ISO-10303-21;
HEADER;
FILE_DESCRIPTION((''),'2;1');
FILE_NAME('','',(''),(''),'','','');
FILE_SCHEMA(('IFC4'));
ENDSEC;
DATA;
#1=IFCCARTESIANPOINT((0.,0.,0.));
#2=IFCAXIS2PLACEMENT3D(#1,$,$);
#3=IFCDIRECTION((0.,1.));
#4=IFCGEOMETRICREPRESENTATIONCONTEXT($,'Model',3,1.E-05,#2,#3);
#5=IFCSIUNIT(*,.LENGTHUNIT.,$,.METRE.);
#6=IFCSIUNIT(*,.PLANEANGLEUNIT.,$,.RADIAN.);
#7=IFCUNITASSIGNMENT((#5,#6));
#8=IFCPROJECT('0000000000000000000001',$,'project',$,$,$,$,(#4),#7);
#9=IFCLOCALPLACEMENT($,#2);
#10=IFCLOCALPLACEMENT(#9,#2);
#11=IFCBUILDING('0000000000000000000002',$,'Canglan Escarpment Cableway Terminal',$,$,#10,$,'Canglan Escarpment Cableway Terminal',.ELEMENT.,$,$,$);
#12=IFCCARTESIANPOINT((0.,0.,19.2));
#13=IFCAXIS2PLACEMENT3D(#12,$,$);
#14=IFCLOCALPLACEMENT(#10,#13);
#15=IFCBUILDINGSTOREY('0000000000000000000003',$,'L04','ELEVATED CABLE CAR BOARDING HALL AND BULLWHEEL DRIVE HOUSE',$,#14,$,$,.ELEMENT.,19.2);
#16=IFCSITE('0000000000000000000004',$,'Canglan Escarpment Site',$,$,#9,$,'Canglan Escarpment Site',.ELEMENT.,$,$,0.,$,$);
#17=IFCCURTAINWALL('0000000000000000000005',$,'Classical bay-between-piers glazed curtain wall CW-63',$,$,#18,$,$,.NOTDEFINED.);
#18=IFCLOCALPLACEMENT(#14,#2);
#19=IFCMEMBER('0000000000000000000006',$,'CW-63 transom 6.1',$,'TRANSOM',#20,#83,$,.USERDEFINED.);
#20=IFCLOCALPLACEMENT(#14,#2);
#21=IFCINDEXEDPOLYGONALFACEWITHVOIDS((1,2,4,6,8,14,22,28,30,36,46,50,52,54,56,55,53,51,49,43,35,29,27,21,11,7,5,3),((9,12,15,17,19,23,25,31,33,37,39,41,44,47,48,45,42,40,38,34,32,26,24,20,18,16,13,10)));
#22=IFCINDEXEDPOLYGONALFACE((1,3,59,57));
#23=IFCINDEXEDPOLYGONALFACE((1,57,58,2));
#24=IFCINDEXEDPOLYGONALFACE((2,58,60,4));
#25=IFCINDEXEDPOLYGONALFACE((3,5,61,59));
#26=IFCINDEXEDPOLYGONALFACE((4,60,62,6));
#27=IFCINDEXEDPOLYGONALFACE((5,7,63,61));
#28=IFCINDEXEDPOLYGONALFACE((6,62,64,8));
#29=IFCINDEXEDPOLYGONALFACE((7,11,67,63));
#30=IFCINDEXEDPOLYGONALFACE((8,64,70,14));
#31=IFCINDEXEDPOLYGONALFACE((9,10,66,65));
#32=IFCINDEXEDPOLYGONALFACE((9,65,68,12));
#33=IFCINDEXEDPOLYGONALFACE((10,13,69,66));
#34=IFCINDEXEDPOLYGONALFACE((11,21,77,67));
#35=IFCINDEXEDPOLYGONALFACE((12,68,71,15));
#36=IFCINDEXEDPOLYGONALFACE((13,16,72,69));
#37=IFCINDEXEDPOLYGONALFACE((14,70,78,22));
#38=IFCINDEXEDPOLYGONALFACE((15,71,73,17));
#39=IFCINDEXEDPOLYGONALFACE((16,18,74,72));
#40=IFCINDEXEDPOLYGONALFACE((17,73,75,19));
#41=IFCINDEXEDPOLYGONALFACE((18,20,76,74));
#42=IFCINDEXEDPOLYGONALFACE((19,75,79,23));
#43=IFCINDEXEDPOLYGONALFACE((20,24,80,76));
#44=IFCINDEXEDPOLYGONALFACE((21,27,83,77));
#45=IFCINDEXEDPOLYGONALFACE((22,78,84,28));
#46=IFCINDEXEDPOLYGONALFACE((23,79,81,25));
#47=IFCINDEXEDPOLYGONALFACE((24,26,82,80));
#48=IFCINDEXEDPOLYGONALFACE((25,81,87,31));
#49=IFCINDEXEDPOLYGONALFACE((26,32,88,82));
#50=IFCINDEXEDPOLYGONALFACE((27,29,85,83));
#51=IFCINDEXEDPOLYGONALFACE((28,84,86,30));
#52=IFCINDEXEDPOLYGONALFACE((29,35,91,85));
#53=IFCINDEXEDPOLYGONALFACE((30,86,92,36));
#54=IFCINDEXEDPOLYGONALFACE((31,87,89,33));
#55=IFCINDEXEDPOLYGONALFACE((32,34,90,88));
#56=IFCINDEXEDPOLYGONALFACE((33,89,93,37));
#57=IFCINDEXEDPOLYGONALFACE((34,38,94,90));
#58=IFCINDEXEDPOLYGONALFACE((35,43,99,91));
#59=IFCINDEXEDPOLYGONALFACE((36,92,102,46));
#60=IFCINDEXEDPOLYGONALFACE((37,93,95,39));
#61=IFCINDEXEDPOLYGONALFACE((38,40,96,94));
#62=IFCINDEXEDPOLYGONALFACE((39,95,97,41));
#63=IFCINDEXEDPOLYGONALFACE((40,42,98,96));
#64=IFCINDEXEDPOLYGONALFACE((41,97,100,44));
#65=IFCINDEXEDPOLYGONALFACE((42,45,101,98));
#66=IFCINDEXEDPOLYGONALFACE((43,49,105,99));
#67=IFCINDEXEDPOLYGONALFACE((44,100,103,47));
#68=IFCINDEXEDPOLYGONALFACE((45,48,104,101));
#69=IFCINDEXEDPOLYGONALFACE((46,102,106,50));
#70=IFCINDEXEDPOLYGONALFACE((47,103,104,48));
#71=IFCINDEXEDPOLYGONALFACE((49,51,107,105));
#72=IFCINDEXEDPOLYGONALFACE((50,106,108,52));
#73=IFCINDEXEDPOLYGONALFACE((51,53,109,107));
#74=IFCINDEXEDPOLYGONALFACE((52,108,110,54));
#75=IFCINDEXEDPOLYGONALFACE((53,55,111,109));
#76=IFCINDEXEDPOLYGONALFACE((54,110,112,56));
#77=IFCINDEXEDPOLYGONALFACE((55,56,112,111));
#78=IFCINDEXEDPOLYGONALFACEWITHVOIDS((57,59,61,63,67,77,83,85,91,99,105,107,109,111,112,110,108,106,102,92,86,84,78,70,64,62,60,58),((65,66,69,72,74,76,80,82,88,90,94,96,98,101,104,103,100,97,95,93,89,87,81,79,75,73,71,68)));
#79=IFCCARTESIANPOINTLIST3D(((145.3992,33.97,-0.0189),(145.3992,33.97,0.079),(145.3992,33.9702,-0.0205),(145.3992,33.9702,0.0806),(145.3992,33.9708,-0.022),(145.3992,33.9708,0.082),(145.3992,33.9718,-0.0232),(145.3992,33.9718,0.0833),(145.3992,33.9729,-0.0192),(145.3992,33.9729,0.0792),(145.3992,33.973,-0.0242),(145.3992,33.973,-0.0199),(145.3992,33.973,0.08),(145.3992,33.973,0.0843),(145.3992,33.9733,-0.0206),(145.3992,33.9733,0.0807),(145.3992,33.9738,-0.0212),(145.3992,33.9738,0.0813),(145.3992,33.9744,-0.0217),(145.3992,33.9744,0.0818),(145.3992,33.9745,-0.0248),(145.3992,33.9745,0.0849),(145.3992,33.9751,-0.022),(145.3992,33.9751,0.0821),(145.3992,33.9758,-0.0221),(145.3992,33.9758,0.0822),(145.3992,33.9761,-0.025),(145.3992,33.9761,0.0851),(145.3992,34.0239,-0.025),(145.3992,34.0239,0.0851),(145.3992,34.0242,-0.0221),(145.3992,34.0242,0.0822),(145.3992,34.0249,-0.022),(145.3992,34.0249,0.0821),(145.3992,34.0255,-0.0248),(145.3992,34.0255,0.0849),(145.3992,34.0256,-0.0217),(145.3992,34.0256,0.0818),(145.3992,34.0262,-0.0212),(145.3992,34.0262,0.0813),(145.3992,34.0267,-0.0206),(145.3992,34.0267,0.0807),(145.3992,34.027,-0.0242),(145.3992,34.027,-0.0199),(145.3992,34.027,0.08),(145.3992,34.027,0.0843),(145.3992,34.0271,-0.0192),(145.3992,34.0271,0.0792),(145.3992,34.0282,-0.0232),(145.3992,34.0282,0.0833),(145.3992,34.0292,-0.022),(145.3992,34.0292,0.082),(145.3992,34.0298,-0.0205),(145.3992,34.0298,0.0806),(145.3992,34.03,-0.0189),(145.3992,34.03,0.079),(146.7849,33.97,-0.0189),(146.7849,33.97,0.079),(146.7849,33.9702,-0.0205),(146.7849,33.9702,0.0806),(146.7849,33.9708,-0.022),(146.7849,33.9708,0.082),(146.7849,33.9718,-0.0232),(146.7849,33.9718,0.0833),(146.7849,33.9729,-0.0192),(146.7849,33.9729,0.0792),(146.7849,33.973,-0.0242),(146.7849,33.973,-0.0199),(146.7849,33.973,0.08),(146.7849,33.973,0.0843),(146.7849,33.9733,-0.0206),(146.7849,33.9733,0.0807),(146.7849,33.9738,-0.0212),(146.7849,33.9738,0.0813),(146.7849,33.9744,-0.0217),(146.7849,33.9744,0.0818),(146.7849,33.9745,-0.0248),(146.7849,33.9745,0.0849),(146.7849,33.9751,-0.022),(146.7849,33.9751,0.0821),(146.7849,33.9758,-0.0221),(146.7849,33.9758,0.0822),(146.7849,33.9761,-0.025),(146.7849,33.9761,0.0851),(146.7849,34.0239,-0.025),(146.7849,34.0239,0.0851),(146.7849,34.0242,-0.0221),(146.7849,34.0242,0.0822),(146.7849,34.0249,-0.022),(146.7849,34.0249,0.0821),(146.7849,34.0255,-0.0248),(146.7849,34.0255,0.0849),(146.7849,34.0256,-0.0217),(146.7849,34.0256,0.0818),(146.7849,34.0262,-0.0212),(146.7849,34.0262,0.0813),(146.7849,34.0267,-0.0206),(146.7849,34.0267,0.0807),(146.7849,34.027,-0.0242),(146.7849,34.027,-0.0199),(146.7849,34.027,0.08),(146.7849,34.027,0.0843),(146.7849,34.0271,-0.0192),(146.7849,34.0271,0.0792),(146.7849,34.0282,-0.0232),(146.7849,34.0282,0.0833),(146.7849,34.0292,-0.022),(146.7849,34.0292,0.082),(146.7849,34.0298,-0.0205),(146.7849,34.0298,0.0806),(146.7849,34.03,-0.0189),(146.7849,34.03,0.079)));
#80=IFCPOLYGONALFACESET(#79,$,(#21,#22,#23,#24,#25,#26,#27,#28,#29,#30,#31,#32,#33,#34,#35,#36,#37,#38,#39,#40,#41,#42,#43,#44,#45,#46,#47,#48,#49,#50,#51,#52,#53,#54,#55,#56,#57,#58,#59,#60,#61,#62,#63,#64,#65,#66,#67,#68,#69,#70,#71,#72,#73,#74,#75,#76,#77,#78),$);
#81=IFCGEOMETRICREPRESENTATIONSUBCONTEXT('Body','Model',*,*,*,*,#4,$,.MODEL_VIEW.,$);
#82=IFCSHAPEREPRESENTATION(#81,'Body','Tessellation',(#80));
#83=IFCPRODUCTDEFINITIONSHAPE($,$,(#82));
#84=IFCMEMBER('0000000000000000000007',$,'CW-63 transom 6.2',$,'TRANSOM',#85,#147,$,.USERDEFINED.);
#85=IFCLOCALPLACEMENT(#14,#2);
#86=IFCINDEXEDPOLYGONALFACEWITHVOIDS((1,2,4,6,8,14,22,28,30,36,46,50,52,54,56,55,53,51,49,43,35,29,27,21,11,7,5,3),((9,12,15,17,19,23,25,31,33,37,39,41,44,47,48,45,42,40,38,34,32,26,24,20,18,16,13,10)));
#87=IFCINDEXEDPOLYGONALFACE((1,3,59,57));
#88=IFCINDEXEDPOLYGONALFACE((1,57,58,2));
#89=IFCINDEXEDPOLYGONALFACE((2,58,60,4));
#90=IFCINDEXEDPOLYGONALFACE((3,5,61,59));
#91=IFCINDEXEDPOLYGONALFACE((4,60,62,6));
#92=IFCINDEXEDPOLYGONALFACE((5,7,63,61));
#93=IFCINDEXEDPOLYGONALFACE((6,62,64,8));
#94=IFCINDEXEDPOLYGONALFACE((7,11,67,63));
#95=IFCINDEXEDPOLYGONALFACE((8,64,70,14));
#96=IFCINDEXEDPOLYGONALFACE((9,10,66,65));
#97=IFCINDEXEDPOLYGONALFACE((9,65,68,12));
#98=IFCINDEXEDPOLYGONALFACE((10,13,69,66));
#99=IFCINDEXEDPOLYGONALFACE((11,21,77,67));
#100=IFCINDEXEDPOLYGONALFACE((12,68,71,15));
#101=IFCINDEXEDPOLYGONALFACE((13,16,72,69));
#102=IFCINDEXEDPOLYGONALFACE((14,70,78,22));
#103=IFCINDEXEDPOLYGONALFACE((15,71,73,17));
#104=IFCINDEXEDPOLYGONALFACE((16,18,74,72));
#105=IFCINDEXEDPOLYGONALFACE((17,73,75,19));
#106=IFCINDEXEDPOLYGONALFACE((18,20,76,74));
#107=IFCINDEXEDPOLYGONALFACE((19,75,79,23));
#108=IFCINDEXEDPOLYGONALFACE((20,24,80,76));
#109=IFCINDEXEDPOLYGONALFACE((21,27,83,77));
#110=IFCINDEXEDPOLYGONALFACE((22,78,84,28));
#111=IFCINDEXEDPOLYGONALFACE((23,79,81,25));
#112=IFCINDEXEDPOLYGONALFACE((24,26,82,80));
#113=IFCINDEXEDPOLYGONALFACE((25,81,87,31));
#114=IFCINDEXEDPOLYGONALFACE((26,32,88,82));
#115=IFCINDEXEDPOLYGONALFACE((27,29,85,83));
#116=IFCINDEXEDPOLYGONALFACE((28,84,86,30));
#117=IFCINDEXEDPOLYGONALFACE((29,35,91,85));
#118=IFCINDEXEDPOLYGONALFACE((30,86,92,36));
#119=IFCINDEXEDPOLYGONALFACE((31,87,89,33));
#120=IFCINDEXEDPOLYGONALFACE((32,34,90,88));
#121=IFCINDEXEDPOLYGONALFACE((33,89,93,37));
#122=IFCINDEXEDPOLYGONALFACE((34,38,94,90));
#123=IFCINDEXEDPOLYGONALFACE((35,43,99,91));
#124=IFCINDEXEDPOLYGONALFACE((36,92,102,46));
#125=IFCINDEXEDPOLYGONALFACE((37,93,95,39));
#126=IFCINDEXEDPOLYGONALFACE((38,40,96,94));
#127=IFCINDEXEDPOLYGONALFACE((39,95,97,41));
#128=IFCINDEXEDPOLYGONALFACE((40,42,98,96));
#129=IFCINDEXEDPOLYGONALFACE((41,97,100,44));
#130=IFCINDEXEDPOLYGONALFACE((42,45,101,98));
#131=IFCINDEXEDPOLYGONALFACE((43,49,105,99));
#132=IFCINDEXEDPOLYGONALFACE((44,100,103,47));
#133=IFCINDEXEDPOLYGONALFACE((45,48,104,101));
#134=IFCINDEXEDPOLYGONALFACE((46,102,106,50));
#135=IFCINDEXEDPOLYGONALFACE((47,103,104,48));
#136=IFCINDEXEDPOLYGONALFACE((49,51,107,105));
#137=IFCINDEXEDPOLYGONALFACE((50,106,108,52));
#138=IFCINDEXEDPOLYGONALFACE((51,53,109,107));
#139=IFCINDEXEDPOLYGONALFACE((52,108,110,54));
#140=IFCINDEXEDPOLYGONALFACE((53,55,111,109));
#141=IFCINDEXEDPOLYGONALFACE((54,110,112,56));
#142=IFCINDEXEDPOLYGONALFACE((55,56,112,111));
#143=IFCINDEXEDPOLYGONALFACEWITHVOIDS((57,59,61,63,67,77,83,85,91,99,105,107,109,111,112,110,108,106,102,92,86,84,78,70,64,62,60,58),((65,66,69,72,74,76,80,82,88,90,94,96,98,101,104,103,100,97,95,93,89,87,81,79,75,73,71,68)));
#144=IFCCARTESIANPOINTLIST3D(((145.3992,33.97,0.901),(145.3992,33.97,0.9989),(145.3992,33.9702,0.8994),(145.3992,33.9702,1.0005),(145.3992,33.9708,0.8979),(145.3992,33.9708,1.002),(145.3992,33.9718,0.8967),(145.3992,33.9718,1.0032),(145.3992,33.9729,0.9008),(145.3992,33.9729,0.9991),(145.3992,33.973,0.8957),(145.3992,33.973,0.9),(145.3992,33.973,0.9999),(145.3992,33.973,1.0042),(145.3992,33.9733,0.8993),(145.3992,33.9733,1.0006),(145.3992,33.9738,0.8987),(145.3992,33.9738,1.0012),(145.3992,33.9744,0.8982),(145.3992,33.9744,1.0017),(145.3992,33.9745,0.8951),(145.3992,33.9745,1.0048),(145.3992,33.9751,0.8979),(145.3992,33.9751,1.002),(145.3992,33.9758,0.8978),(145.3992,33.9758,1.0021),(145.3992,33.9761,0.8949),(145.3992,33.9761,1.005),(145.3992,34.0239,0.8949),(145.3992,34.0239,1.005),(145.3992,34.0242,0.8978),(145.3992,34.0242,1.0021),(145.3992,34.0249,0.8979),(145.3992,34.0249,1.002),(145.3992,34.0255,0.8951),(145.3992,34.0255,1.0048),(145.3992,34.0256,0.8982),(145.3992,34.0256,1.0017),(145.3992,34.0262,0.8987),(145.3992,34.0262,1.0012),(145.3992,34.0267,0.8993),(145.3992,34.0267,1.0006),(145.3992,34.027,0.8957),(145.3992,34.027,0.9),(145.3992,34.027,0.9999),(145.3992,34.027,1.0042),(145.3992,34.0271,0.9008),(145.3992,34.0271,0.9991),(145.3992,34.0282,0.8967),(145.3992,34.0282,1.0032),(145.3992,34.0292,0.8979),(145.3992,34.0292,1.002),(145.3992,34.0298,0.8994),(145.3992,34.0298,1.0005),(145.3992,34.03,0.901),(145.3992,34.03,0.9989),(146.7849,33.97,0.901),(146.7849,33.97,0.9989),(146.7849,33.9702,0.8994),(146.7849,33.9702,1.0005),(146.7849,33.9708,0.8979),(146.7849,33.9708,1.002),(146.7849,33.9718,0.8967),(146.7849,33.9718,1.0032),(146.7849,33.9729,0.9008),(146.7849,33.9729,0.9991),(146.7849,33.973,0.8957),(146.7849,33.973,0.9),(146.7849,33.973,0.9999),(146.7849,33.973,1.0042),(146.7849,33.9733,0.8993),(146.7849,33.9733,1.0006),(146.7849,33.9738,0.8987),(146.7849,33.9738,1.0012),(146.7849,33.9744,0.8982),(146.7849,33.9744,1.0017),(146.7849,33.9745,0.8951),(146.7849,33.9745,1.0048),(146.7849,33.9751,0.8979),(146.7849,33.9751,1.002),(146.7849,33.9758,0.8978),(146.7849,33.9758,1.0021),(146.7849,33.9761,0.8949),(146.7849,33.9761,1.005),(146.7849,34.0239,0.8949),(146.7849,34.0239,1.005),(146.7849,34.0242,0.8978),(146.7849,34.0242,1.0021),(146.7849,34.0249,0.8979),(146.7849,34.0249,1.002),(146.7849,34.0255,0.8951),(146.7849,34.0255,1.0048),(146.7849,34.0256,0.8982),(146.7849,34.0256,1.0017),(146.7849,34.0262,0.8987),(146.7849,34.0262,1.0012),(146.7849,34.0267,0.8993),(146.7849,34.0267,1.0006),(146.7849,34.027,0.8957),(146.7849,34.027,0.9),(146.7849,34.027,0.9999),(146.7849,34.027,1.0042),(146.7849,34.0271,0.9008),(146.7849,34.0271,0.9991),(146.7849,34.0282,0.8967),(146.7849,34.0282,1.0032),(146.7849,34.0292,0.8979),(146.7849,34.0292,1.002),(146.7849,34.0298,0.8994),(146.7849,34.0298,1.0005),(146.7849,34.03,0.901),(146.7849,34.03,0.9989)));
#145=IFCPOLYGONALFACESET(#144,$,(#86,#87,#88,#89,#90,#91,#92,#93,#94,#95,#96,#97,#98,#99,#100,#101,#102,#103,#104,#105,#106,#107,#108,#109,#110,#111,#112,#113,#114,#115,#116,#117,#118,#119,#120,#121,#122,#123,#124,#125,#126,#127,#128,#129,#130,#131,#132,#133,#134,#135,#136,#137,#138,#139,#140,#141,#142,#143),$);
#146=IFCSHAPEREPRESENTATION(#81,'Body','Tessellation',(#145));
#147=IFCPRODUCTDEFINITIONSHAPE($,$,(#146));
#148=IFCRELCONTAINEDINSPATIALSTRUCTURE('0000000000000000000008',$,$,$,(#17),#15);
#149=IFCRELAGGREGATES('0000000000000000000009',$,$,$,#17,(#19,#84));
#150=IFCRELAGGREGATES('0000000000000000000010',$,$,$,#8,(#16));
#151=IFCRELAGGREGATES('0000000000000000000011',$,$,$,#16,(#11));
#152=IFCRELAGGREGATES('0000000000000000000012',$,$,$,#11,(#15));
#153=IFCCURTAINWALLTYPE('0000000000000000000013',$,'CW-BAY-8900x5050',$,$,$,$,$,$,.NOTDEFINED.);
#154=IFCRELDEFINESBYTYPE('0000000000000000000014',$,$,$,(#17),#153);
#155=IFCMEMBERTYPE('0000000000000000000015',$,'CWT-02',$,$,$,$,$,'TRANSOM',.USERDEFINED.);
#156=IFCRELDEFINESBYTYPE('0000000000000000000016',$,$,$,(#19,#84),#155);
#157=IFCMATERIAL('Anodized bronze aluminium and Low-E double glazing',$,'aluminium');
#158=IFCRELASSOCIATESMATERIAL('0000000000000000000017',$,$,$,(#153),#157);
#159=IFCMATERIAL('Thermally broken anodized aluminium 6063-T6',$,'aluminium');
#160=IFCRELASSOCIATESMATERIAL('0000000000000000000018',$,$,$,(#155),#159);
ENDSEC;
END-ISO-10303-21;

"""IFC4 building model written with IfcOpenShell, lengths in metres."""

from ifc_helpers import new_model, si_unit, direction, frame, origin, origin_2d, place, context, subcontext, project, spatial, hollow_rectangle, extrude, material, material_profile, profile_set, type_object, element, aggregate, save


model = new_model("IFC4")

# Units and contexts
model_context = context("Model", 3, precision=1e-05, world=origin(), true_north=direction((0.0, 1.0)))
body_context = subcontext(model_context, "Body", "Model", "MODEL_VIEW")
ifc_project = project(units=[si_unit("LENGTHUNIT", "METRE"), si_unit("PLANEANGLEUNIT", "RADIAN")], contexts=[model_context])

# Site, building, storey
site_placement = place(None, origin())
site = spatial("IfcSite", under=ifc_project, at=site_placement, Name="Canglan Escarpment Site", LongName="Canglan Escarpment Site", CompositionType="ELEMENT", RefElevation=0.0)
building_placement = place(site_placement, origin())
building = spatial("IfcBuilding", under=site, at=building_placement, Name="Canglan Escarpment Cableway Terminal", LongName="Canglan Escarpment Cableway Terminal", CompositionType="ELEMENT")
storey_placement = place(building_placement, frame((0.0, 0.0, 19.2)))
storey = spatial("IfcBuildingStorey", under=building, at=storey_placement, Name="L04", Description="ELEVATED CABLE CAR BOARDING HALL AND BULLWHEEL DRIVE HOUSE", CompositionType="ELEMENT", Elevation=19.2)

# Curtain wall, members
ifc_material_1 = material(Name="Anodized bronze aluminium and Low-E double glazing", Category="aluminium")
curtain_wall_type = type_object("IfcCurtainWallType", Name="CW-BAY-8900x5050", PredefinedType="NOTDEFINED", material=ifc_material_1)
curtain_wall_placement = place(storey_placement, origin())
curtain_wall = element("IfcCurtainWall", 1, at=curtain_wall_placement, inside=storey, type_object=curtain_wall_type, Name="Classical bay-between-piers glazed curtain wall CW-63", PredefinedType="NOTDEFINED")
ifc_material_2 = material(Name="Thermally broken anodized aluminium 6063-T6", Category="aluminium")
ifc_material_profile_1 = material_profile(ifc_material_2, hollow_rectangle(XDim=0.0601, YDim=0.1101, WallThickness=0.0029, InnerFilletRadius=0.0029, OuterFilletRadius=0.0061, at=origin_2d()), Name="ALU-TRAN 60x110x3")
ifc_profile_set_1 = profile_set([ifc_material_profile_1], Name="Thermally broken anodized aluminium 6063-T6")
member_type_1 = type_object("IfcMemberType", Name="CWT-02", ElementType="TRANSOM", PredefinedType="USERDEFINED", material=ifc_profile_set_1)
member_1_placement = place(storey_placement, frame((145.3992, 34.0, 0.03), z_axis=(1.0, 0.0, 0.0), x_axis=(0.0, 1.0, 0.0)))
member_1 = element("IfcMember", 2, at=member_1_placement, type_object=member_type_1, Name="CW-63 transom 6.1", ObjectType="TRANSOM", PredefinedType="USERDEFINED", context=body_context, shape_type="SweptSolid", body=[
    extrude(hollow_rectangle(XDim=0.0601, YDim=0.1101, WallThickness=0.0029, InnerFilletRadius=0.0029, OuterFilletRadius=0.0061, at=origin_2d()), origin(), (0.0, 0.0, 1.0), 1.3857),
])
member_2_placement = place(storey_placement, frame((145.3992, 34.0, 0.95), z_axis=(1.0, 0.0, 0.0), x_axis=(0.0, 1.0, 0.0)))
member_2 = element("IfcMember", 3, at=member_2_placement, type_object=member_type_1, Name="CW-63 transom 6.2", ObjectType="TRANSOM", PredefinedType="USERDEFINED", context=body_context, shape_type="SweptSolid", body=[
    extrude(hollow_rectangle(XDim=0.0601, YDim=0.1101, WallThickness=0.0029, InnerFilletRadius=0.0029, OuterFilletRadius=0.0061, at=origin_2d()), origin(), (0.0, 0.0, 1.0), 1.3857),
])

aggregate(curtain_wall, [member_1, member_2])

save(model, "model.ifc")
